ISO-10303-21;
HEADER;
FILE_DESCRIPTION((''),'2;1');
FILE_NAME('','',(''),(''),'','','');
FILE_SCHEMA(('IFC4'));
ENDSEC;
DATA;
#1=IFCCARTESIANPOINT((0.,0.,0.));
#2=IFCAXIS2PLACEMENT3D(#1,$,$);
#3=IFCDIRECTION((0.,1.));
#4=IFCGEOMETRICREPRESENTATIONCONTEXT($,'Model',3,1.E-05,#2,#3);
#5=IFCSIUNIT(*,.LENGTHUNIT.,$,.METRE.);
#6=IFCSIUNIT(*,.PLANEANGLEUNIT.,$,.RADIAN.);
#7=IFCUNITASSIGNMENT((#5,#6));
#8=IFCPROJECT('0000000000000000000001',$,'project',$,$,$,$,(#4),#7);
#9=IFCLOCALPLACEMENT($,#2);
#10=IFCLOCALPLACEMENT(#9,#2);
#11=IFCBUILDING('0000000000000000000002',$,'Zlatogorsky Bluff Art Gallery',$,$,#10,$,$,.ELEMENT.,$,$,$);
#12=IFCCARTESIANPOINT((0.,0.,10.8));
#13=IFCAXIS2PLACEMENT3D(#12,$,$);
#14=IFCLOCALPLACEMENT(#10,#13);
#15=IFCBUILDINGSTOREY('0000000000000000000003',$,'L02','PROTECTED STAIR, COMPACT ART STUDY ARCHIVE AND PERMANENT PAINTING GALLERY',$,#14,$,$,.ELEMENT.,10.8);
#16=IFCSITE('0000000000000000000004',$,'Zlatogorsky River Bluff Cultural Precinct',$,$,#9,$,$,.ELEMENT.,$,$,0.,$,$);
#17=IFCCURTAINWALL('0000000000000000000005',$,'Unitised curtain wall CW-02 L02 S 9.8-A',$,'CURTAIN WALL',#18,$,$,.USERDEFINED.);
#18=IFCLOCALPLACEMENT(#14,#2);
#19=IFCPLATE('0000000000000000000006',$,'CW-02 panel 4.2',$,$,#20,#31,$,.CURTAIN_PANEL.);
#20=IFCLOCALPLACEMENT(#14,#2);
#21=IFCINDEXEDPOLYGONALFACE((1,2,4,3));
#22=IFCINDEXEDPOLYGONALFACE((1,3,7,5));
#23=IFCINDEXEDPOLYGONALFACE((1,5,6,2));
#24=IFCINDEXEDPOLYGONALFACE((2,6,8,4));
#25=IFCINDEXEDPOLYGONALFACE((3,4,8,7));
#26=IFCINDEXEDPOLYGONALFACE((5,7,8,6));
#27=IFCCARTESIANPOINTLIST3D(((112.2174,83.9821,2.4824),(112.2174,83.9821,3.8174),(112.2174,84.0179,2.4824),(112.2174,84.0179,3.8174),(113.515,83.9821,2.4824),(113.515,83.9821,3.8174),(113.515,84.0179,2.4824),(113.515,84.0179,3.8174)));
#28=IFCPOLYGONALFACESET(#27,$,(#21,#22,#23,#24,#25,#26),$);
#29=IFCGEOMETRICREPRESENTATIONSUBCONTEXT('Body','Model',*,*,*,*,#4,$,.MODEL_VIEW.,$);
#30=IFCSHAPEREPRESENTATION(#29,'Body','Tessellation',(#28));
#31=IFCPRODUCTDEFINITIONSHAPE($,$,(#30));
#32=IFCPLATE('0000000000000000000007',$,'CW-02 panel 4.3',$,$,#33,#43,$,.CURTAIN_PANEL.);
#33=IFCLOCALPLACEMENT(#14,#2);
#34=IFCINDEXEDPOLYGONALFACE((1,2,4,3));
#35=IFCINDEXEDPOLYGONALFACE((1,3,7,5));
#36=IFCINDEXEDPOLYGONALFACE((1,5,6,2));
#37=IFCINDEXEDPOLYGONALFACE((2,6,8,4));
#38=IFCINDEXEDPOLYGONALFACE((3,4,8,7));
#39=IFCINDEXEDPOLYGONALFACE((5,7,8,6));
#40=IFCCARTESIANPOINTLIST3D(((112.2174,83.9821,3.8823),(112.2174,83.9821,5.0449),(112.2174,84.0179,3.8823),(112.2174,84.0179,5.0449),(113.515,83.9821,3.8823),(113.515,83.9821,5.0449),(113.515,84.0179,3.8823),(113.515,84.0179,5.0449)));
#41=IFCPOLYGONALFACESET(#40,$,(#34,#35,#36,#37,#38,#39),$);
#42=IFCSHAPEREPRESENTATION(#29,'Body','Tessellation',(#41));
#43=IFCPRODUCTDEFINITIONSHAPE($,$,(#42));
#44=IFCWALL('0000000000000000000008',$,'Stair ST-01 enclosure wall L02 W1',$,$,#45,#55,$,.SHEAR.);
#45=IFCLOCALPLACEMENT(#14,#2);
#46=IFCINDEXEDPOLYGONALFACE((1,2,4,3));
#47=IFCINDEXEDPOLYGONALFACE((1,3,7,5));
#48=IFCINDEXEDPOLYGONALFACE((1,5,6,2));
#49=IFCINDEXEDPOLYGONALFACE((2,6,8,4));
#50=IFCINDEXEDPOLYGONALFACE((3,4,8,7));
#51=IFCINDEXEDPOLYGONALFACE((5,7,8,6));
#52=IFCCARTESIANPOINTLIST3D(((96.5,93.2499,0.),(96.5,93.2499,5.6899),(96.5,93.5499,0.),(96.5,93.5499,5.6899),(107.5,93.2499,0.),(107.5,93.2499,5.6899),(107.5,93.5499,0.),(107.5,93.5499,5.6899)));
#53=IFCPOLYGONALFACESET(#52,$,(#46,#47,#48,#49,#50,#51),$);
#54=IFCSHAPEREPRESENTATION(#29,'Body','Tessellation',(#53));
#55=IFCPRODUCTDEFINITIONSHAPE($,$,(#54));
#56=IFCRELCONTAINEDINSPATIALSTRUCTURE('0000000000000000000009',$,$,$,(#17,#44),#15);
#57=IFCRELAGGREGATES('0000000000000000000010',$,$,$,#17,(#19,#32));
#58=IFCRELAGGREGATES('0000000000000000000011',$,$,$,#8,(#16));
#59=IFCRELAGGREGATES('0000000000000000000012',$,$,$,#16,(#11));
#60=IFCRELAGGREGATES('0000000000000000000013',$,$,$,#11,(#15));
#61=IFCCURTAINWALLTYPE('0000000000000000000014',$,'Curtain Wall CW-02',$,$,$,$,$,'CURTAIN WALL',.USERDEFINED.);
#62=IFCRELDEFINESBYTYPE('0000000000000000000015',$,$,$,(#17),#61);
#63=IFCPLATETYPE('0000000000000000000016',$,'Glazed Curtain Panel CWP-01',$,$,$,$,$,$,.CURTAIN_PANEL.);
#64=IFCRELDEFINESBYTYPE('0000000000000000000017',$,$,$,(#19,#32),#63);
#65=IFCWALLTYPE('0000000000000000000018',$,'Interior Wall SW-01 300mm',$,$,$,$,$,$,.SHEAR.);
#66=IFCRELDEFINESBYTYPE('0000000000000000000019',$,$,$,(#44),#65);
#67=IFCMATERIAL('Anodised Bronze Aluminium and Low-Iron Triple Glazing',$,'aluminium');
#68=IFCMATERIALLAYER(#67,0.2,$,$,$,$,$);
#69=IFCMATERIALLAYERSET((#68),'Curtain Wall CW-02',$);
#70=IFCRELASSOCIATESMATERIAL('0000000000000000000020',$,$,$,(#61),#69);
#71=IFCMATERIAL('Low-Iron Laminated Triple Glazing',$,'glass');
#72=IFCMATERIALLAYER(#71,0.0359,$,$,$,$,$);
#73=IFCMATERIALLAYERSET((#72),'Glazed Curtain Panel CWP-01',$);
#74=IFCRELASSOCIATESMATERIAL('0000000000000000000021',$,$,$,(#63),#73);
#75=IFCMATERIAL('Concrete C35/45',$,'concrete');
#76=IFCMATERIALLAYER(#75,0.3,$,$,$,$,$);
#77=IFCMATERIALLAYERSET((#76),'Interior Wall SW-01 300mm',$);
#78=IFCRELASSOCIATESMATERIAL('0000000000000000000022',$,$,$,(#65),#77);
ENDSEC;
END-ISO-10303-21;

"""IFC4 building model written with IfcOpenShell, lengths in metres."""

from ifc_helpers import new_model, si_unit, direction, frame, frame_2d, origin, origin_2d, place, context, subcontext, project, spatial, rectangle, extrude, material, layer, layer_set, type_object, element, aggregate, save


model = new_model("IFC4")

# Units and contexts
model_context = context("Model", 3, precision=1e-05, world=origin(), true_north=direction((0.0, 1.0)))
body_context = subcontext(model_context, "Body", "Model", "MODEL_VIEW")
ifc_project = project(units=[si_unit("LENGTHUNIT", "METRE"), si_unit("PLANEANGLEUNIT", "RADIAN")], contexts=[model_context])

# Site, building, storey
site_placement = place(None, origin())
site = spatial("IfcSite", under=ifc_project, at=site_placement, Name="Zlatogorsky River Bluff Cultural Precinct", CompositionType="ELEMENT", RefElevation=0.0)
building_placement = place(site_placement, origin())
building = spatial("IfcBuilding", under=site, at=building_placement, Name="Zlatogorsky Bluff Art Gallery", CompositionType="ELEMENT")
storey_placement = place(building_placement, frame((0.0, 0.0, 10.8)))
storey = spatial("IfcBuildingStorey", under=building, at=storey_placement, Name="L02", Description="PROTECTED STAIR, COMPACT ART STUDY ARCHIVE AND PERMANENT PAINTING GALLERY", CompositionType="ELEMENT", Elevation=10.8)

# Curtain wall, plates
ifc_material_1 = material(Name="Anodised Bronze Aluminium and Low-Iron Triple Glazing", Category="aluminium")
ifc_layer_1 = layer(ifc_material_1, 0.2)
ifc_layer_set_1 = layer_set([ifc_layer_1], Name="Curtain Wall CW-02")
curtain_wall_type = type_object("IfcCurtainWallType", Name="Curtain Wall CW-02", ElementType="CURTAIN WALL", PredefinedType="USERDEFINED", material=ifc_layer_set_1)
curtain_wall_placement = place(storey_placement, origin())
curtain_wall = element("IfcCurtainWall", 1, at=curtain_wall_placement, inside=storey, type_object=curtain_wall_type, Name="Unitised curtain wall CW-02 L02 S 9.8-A", ObjectType="CURTAIN WALL", PredefinedType="USERDEFINED")
ifc_material_2 = material(Name="Low-Iron Laminated Triple Glazing", Category="glass")
ifc_layer_2 = layer(ifc_material_2, 0.0359)
ifc_layer_set_2 = layer_set([ifc_layer_2], Name="Glazed Curtain Panel CWP-01")
plate_type = type_object("IfcPlateType", Name="Glazed Curtain Panel CWP-01", PredefinedType="CURTAIN_PANEL", material=ifc_layer_set_2)
plate_1_placement = place(storey_placement, frame((112.8662, 84.0, 2.4824), z_axis=(0.0, 0.0, 1.0), x_axis=(1.0, 0.0, 0.0)))
plate_1 = element("IfcPlate", 2, at=plate_1_placement, type_object=plate_type, Name="CW-02 panel 4.2", PredefinedType="CURTAIN_PANEL", context=body_context, shape_type="SweptSolid", body=[
    extrude(rectangle(XDim=1.2976, YDim=0.0359, at=origin_2d()), origin(), (0.0, 0.0, 1.0), 1.335),
])
plate_2_placement = place(storey_placement, frame((112.8662, 84.0, 3.8823), z_axis=(0.0, 0.0, 1.0), x_axis=(1.0, 0.0, 0.0)))
plate_2 = element("IfcPlate", 3, at=plate_2_placement, type_object=plate_type, Name="CW-02 panel 4.3", PredefinedType="CURTAIN_PANEL", context=body_context, shape_type="SweptSolid", body=[
    extrude(rectangle(XDim=1.2976, YDim=0.0359, at=origin_2d()), origin(), (0.0, 0.0, 1.0), 1.1626),
])
aggregate(curtain_wall, [plate_1, plate_2])

# Wall
ifc_material_3 = material(Name="Concrete C35/45", Category="concrete")
ifc_layer_3 = layer(ifc_material_3, 0.3)
ifc_layer_set_3 = layer_set([ifc_layer_3], Name="Interior Wall SW-01 300mm")
wall_type = type_object("IfcWallType", Name="Interior Wall SW-01 300mm", PredefinedType="SHEAR", material=ifc_layer_set_3)
wall_placement = place(storey_placement, frame((107.5, 93.3999, 0.0), z_axis=(0.0, 0.0, 1.0), x_axis=(-1.0, 0.0, 0.0)))
element("IfcWall", 4, at=wall_placement, inside=storey, type_object=wall_type, Name="Stair ST-01 enclosure wall L02 W1", PredefinedType="SHEAR", context=body_context, shape_type="SweptSolid", body=[
    extrude(rectangle(XDim=11.0, YDim=0.3, at=frame_2d((5.5, 0.0))), origin(), (0.0, 0.0, 1.0), 5.6899),
])

save(model, "model.ifc")
